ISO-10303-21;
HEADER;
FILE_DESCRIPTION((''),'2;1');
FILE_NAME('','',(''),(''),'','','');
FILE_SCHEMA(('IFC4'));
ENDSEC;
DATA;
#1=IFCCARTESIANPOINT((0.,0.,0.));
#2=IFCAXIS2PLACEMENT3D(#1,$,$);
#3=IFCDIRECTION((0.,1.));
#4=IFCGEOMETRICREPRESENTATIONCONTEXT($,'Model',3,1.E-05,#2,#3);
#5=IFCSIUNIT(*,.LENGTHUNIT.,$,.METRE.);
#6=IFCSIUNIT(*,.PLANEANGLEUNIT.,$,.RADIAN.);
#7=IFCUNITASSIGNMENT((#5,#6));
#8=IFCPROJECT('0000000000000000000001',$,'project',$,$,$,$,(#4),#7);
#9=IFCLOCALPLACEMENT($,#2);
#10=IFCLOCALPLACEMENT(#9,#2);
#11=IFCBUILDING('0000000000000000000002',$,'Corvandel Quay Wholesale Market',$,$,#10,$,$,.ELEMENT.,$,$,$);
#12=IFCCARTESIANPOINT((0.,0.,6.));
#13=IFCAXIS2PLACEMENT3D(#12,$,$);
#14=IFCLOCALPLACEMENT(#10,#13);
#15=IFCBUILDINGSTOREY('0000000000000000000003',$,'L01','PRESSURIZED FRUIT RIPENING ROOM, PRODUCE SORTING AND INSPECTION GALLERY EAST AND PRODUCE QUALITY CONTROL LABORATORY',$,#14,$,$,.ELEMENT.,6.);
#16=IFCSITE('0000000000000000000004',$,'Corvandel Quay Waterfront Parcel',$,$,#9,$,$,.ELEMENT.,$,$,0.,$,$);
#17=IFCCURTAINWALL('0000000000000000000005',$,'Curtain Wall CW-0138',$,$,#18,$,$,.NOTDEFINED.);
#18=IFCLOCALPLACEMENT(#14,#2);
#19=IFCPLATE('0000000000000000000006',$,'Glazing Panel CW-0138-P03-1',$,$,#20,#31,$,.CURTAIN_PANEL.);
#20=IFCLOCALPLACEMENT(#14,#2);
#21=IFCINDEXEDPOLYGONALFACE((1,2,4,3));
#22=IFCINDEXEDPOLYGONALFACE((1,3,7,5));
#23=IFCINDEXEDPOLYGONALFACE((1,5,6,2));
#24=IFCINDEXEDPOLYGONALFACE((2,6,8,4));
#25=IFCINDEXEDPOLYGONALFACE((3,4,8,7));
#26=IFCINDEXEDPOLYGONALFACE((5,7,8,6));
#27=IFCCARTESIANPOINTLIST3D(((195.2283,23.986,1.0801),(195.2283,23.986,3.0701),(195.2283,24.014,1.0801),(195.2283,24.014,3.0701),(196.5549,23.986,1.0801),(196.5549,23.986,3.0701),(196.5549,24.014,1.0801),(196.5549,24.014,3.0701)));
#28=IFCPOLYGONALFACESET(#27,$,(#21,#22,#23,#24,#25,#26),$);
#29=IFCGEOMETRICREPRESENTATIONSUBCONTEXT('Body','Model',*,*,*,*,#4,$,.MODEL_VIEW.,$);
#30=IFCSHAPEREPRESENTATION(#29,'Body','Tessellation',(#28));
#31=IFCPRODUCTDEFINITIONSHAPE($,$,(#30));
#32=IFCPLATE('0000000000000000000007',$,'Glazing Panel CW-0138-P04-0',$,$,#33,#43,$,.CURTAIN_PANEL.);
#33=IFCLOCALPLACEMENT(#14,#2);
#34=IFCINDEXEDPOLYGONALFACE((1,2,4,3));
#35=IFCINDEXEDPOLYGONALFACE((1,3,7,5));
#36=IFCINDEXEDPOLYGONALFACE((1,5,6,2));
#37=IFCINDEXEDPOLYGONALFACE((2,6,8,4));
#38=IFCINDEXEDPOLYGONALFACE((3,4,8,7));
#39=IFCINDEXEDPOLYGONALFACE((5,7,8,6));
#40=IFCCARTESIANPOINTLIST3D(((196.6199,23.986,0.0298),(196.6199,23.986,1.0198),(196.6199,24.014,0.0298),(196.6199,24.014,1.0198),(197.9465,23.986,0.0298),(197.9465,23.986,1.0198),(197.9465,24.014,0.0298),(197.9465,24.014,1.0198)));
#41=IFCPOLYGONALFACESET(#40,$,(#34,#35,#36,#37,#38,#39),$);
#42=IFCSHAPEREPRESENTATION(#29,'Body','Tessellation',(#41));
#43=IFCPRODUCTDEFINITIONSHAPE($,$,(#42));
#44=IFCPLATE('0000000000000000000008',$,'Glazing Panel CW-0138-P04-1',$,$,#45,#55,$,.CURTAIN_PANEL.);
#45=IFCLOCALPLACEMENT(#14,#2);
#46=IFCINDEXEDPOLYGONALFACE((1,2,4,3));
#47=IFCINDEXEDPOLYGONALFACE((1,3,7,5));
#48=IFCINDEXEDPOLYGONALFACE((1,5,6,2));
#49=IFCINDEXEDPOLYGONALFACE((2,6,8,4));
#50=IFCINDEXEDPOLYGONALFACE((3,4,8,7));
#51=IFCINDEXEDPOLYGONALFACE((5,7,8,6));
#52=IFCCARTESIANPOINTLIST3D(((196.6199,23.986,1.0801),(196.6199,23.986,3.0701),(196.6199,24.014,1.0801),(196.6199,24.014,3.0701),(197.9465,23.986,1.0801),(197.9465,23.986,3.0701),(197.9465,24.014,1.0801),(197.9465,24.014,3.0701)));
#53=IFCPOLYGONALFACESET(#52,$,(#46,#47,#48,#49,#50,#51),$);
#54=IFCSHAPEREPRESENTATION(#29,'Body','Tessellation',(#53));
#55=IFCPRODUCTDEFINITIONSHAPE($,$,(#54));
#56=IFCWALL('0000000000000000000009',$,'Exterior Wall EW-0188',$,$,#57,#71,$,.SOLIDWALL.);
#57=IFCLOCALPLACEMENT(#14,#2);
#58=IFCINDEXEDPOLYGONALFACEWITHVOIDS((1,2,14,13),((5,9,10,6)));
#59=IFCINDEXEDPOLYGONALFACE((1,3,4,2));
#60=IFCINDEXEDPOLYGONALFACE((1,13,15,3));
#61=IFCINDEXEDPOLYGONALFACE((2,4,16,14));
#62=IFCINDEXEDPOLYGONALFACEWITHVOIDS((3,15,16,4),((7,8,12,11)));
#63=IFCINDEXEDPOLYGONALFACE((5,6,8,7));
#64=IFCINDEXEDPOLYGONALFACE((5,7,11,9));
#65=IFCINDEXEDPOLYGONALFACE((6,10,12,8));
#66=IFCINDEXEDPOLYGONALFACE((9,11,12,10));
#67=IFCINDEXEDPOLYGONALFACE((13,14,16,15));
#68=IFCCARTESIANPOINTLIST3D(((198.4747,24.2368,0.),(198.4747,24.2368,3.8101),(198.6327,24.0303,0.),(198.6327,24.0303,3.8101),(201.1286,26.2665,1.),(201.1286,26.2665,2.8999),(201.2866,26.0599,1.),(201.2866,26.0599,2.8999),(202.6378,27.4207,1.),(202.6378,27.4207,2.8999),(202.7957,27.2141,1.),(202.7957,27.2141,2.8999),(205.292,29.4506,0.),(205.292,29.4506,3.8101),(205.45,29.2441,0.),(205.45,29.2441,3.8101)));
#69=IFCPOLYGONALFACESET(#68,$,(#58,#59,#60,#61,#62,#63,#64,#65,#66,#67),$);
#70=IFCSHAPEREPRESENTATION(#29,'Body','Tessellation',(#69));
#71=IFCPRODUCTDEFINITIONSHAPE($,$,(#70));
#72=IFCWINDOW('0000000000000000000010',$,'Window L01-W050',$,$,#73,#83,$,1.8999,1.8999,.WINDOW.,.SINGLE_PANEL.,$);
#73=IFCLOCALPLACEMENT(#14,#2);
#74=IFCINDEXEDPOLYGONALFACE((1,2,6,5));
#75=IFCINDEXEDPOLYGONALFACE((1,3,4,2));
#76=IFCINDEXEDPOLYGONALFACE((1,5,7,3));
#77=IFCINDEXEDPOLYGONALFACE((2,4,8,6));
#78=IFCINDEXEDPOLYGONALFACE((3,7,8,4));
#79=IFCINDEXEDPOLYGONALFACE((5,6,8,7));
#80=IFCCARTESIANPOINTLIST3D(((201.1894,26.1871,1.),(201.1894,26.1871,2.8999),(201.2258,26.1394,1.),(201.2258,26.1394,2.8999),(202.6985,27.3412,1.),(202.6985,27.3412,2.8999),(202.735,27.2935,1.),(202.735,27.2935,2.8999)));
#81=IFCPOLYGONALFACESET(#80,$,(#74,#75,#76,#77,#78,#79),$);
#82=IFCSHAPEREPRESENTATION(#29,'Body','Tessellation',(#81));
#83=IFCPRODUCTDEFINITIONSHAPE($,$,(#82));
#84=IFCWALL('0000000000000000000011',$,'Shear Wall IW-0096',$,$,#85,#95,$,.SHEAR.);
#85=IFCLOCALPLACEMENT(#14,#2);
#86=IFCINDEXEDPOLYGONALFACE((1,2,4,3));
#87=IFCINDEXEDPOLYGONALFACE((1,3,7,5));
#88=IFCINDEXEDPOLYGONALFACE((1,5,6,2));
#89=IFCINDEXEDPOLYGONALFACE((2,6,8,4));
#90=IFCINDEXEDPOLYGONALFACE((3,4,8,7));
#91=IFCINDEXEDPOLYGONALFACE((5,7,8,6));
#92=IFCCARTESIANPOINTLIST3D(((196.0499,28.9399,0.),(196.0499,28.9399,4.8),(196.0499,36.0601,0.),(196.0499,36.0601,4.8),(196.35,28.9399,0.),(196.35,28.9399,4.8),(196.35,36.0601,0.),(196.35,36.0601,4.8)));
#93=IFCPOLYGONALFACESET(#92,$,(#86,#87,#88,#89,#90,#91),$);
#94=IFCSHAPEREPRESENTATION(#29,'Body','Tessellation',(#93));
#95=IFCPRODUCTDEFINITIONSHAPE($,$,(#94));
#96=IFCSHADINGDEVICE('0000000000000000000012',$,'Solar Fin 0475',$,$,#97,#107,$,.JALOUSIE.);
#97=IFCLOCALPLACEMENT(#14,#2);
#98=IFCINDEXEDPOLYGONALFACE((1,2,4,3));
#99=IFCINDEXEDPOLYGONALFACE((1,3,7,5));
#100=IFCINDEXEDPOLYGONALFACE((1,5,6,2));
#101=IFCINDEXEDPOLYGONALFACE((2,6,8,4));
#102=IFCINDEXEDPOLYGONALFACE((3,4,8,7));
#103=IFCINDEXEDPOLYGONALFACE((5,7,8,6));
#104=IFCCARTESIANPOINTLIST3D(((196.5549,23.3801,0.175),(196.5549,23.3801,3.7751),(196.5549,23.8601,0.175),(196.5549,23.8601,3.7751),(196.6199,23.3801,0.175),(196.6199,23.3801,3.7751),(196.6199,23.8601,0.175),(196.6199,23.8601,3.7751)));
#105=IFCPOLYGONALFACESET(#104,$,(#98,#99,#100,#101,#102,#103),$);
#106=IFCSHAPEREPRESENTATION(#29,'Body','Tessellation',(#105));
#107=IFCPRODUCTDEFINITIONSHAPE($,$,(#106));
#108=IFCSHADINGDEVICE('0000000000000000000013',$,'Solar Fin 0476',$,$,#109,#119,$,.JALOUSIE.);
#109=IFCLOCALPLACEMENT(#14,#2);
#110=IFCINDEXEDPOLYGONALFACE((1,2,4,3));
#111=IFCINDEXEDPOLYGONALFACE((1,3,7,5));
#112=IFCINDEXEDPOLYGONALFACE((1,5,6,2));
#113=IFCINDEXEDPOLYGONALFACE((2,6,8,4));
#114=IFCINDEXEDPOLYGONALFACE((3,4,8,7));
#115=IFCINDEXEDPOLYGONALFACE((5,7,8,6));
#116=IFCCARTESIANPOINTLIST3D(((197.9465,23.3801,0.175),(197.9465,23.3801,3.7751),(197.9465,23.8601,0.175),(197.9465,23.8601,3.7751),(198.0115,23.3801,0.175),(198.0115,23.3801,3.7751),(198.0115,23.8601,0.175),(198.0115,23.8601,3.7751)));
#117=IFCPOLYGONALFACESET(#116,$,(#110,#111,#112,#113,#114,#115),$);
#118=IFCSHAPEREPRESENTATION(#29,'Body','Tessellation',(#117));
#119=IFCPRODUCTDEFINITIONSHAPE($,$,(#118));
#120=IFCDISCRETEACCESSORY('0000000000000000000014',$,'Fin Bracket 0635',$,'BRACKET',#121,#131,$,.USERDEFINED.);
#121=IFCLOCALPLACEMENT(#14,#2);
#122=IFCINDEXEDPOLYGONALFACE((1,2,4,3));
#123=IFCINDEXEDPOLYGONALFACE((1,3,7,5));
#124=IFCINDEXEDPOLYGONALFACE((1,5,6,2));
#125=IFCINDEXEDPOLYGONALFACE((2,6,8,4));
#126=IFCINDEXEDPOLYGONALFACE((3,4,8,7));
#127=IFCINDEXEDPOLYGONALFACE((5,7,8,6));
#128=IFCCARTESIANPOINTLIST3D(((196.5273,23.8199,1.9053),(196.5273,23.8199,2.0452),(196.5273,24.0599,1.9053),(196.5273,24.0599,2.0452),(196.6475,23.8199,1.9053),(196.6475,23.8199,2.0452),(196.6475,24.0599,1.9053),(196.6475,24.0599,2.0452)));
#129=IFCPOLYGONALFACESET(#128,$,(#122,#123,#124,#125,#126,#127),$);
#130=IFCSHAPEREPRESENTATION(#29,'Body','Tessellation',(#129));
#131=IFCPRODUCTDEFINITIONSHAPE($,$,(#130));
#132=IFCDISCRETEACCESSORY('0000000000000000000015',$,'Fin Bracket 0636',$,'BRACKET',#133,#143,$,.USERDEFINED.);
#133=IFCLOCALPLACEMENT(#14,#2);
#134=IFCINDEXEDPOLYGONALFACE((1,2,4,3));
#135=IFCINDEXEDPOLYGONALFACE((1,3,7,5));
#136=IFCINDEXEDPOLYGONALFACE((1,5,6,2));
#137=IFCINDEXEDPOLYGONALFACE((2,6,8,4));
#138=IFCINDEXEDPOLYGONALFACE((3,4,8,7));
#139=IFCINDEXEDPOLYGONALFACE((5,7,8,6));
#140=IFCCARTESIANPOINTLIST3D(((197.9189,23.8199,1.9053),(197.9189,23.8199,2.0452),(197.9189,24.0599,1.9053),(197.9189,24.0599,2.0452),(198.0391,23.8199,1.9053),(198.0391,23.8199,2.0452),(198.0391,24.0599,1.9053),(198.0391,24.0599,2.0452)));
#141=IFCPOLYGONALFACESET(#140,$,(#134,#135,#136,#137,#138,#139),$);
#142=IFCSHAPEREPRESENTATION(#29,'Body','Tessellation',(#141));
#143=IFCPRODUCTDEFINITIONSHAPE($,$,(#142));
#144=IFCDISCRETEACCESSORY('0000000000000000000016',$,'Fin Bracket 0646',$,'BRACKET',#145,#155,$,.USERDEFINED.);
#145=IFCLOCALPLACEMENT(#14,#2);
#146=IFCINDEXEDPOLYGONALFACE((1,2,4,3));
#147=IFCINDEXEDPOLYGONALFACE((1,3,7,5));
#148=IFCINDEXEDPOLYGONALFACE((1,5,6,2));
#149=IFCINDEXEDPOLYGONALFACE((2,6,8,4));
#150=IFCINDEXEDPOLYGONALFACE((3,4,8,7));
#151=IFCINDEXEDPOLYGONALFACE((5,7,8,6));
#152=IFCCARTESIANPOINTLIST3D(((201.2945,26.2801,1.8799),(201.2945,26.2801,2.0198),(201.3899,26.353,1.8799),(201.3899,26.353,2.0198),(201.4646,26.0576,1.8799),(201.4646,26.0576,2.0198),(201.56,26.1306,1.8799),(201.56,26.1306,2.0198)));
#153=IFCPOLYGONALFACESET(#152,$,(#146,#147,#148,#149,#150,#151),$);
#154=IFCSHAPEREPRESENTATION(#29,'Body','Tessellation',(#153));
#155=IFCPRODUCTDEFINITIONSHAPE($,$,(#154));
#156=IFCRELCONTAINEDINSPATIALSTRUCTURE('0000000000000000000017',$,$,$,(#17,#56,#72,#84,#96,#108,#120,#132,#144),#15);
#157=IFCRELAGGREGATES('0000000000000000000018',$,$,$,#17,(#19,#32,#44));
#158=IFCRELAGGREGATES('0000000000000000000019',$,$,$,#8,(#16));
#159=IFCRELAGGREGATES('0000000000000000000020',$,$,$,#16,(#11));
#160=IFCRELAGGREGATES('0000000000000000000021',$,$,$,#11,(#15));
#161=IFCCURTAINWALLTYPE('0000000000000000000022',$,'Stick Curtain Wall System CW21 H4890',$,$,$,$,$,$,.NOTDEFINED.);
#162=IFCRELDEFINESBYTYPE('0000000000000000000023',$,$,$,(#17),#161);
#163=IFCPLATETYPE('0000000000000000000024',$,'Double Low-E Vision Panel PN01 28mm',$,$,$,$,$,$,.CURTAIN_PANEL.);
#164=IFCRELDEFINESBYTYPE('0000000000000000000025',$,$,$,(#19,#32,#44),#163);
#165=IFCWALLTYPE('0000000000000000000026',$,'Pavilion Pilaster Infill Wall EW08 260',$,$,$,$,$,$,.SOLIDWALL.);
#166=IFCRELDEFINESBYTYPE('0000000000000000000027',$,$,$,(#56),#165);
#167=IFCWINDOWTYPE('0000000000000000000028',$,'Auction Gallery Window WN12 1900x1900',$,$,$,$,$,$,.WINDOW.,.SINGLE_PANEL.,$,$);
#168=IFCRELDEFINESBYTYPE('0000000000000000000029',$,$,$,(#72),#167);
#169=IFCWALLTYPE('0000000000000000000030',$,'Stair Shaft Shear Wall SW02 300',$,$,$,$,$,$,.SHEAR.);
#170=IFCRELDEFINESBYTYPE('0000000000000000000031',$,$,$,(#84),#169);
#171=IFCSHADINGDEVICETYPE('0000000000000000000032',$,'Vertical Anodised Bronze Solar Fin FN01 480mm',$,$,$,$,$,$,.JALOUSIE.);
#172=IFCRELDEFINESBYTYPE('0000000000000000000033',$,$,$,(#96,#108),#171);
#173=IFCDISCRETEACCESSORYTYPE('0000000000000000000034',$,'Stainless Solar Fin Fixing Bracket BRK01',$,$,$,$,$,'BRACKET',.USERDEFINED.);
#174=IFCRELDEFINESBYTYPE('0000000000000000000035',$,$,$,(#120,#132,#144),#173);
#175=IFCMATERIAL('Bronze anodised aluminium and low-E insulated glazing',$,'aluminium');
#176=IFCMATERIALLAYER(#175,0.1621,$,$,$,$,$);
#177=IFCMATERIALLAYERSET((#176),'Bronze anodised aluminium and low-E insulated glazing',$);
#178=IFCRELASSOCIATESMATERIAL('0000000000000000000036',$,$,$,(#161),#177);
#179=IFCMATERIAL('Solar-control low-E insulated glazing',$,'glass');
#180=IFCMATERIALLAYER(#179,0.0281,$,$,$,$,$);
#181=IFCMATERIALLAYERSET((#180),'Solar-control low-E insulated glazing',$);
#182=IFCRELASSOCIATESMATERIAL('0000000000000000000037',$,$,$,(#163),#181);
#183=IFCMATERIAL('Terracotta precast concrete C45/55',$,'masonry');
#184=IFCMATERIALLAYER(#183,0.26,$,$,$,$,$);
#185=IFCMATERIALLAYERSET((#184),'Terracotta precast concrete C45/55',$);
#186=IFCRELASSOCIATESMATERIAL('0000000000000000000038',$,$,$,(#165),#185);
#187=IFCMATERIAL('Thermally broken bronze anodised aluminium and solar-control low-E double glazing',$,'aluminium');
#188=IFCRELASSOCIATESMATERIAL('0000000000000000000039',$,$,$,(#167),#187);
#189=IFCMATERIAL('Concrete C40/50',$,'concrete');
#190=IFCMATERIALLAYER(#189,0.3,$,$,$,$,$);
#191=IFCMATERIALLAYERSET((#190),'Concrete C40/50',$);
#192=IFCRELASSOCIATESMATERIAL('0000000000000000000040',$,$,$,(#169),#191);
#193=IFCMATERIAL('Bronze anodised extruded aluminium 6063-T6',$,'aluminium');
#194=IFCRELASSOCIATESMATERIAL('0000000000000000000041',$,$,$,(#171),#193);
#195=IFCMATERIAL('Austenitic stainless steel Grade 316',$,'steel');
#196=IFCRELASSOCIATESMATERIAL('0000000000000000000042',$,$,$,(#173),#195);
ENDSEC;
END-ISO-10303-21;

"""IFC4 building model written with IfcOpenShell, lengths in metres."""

from ifc_helpers import new_model, si_unit, direction, frame, frame_2d, origin, origin_2d, place, context, subcontext, project, spatial, rectangle, extrude, material, layer, layer_set, type_object, element, fill, aggregate, save


model = new_model("IFC4")

# Units and contexts
model_context = context("Model", 3, precision=1e-05, world=origin(), true_north=direction((0.0, 1.0)))
body_context = subcontext(model_context, "Body", "Model", "MODEL_VIEW")
ifc_project = project(units=[si_unit("LENGTHUNIT", "METRE"), si_unit("PLANEANGLEUNIT", "RADIAN")], contexts=[model_context])

# Site, building, storey
site_placement = place(None, origin())
site = spatial("IfcSite", under=ifc_project, at=site_placement, Name="Corvandel Quay Waterfront Parcel", CompositionType="ELEMENT", RefElevation=0.0)
building_placement = place(site_placement, origin())
building = spatial("IfcBuilding", under=site, at=building_placement, Name="Corvandel Quay Wholesale Market", CompositionType="ELEMENT")
storey_placement = place(building_placement, frame((0.0, 0.0, 6.0)))
storey = spatial("IfcBuildingStorey", under=building, at=storey_placement, Name="L01", Description="PRESSURIZED FRUIT RIPENING ROOM, PRODUCE SORTING AND INSPECTION GALLERY EAST AND PRODUCE QUALITY CONTROL LABORATORY", CompositionType="ELEMENT", Elevation=6.0)

# Curtain wall
ifc_material_1 = material(Name="Bronze anodised aluminium and low-E insulated glazing", Category="aluminium")
ifc_layer_1 = layer(ifc_material_1, 0.1621)
ifc_layer_set_1 = layer_set([ifc_layer_1], Name="Bronze anodised aluminium and low-E insulated glazing")
curtain_wall_type = type_object("IfcCurtainWallType", Name="Stick Curtain Wall System CW21 H4890", PredefinedType="NOTDEFINED", material=ifc_layer_set_1)
curtain_wall_placement = place(storey_placement, origin())
curtain_wall = element("IfcCurtainWall", 1, at=curtain_wall_placement, inside=storey, type_object=curtain_wall_type, Name="Curtain Wall CW-0138", PredefinedType="NOTDEFINED")

# Plates
ifc_material_2 = material(Name="Solar-control low-E insulated glazing", Category="glass")
ifc_layer_2 = layer(ifc_material_2, 0.0281)
ifc_layer_set_2 = layer_set([ifc_layer_2], Name="Solar-control low-E insulated glazing")
plate_type_1 = type_object("IfcPlateType", Name="Double Low-E Vision Panel PN01 28mm", PredefinedType="CURTAIN_PANEL", material=ifc_layer_set_2)
plate_1_placement = place(storey_placement, frame((195.8916, 24.0, 1.0801), z_axis=(0.0, 0.0, 1.0), x_axis=(1.0, 0.0, 0.0)))
plate_1 = element("IfcPlate", 2, at=plate_1_placement, type_object=plate_type_1, Name="Glazing Panel CW-0138-P03-1", PredefinedType="CURTAIN_PANEL", context=body_context, shape_type="SweptSolid", body=[
    extrude(rectangle(XDim=1.3267, YDim=0.0281, at=origin_2d()), origin(), (0.0, 0.0, 1.0), 1.99),
])
plate_2_placement = place(storey_placement, frame((197.2832, 24.0, 0.0298), z_axis=(0.0, 0.0, 1.0), x_axis=(1.0, 0.0, 0.0)))
plate_2 = element("IfcPlate", 3, at=plate_2_placement, type_object=plate_type_1, Name="Glazing Panel CW-0138-P04-0", PredefinedType="CURTAIN_PANEL", context=body_context, shape_type="SweptSolid", body=[
    extrude(rectangle(XDim=1.3267, YDim=0.0281, at=origin_2d()), origin(), (0.0, 0.0, 1.0), 0.99),
])
plate_3_placement = place(storey_placement, frame((197.2832, 24.0, 1.0801), z_axis=(0.0, 0.0, 1.0), x_axis=(1.0, 0.0, 0.0)))
plate_3 = element("IfcPlate", 4, at=plate_3_placement, type_object=plate_type_1, Name="Glazing Panel CW-0138-P04-1", PredefinedType="CURTAIN_PANEL", context=body_context, shape_type="SweptSolid", body=[
    extrude(rectangle(XDim=1.3267, YDim=0.0281, at=origin_2d()), origin(), (0.0, 0.0, 1.0), 1.99),
])
aggregate(curtain_wall, [plate_1, plate_2, plate_3])

# Wall, opening, window
ifc_material_3 = material(Name="Terracotta precast concrete C45/55", Category="masonry")
ifc_layer_3 = layer(ifc_material_3, 0.26)
ifc_layer_set_3 = layer_set([ifc_layer_3], Name="Terracotta precast concrete C45/55")
wall_type_1 = type_object("IfcWallType", Name="Pavilion Pilaster Infill Wall EW08 260", PredefinedType="SOLIDWALL", material=ifc_layer_set_3)
wall_1_placement = place(storey_placement, frame((198.5537, 24.1335, 0.0), z_axis=(0.0, 0.0, 1.0), x_axis=(0.794326, 0.607492, 0.0)))
wall_1 = element("IfcWall", 5, at=wall_1_placement, inside=storey, type_object=wall_type_1, Name="Exterior Wall EW-0188", PredefinedType="SOLIDWALL", context=body_context, shape_type="SweptSolid", body=[
    extrude(rectangle(XDim=8.5825, YDim=0.26, at=frame_2d((4.2913, 0.0))), origin(), (0.0, 0.0, 1.0), 3.8101),
])
opening_placement = place(wall_1_placement, frame((3.3411, 0.0, 1.0)))
opening = element("IfcOpeningElement", 6, at=opening_placement, cuts=wall_1, PredefinedType="OPENING", context=body_context, shape_type="SweptSolid", body=[
    extrude(rectangle(XDim=1.8999, YDim=1.8999, at=frame_2d((0.95, 0.95))), frame((0.0, 0.1399, 0.0), z_axis=(0.0, -1.0, 0.0), x_axis=(1.0, 0.0, 0.0)), (0.0, 0.0, 1.0), 0.28),
])
ifc_material_4 = material(Name="Thermally broken bronze anodised aluminium and solar-control low-E double glazing", Category="aluminium")
window_type = type_object("IfcWindowType", Name="Auction Gallery Window WN12 1900x1900", PartitioningType="SINGLE_PANEL", PredefinedType="WINDOW", material=ifc_material_4)
window_placement = place(opening_placement, origin())
window = element("IfcWindow", 7, at=window_placement, inside=storey, type_object=window_type, Name="Window L01-W050", OverallHeight=1.8999, OverallWidth=1.8999, PartitioningType="SINGLE_PANEL", PredefinedType="WINDOW", context=body_context, shape_type="SweptSolid", body=[
    extrude(rectangle(XDim=1.8999, YDim=1.8999, at=frame_2d((0.95, 0.95))), frame((0.0, 0.03, 0.0), z_axis=(0.0, -1.0, 0.0), x_axis=(1.0, 0.0, 0.0)), (0.0, 0.0, 1.0), 0.0601),
])
fill(opening, window)

# Wall
ifc_material_5 = material(Name="Concrete C40/50", Category="concrete")
ifc_layer_4 = layer(ifc_material_5, 0.3)
ifc_layer_set_4 = layer_set([ifc_layer_4], Name="Concrete C40/50")
wall_type_2 = type_object("IfcWallType", Name="Stair Shaft Shear Wall SW02 300", PredefinedType="SHEAR", material=ifc_layer_set_4)
wall_2_placement = place(storey_placement, frame((196.2, 28.9399, 0.0), z_axis=(0.0, 0.0, 1.0), x_axis=(0.0, 1.0, 0.0)))
element("IfcWall", 8, at=wall_2_placement, inside=storey, type_object=wall_type_2, Name="Shear Wall IW-0096", PredefinedType="SHEAR", context=body_context, shape_type="SweptSolid", body=[
    extrude(rectangle(XDim=7.1201, YDim=0.3, at=frame_2d((3.5601, 0.0))), origin(), (0.0, 0.0, 1.0), 4.8),
])

# Shading devices
ifc_material_6 = material(Name="Bronze anodised extruded aluminium 6063-T6", Category="aluminium")
shading_device_type = type_object("IfcShadingDeviceType", Name="Vertical Anodised Bronze Solar Fin FN01 480mm", PredefinedType="JALOUSIE", material=ifc_material_6)
for number, where, z_axis, x_axis, name in (
    (9, (196.5874, 23.6201, 0.175), (0.0, 0.0, 1.0), (0.0, 1.0, 0.0), "Solar Fin 0475"),
    (10, (197.979, 23.6201, 0.175), (0.0, 0.0, 1.0), (0.0, 1.0, 0.0), "Solar Fin 0476"),
):
    element("IfcShadingDevice", number, at=place(storey_placement, frame(where, z_axis=z_axis, x_axis=x_axis)), inside=storey, type_object=shading_device_type, Name=name, PredefinedType="JALOUSIE", context=body_context, shape_type="SweptSolid", body=[
        extrude(rectangle(XDim=0.48, YDim=0.0649, at=origin_2d()), origin(), (0.0, 0.0, 1.0), 3.6001),
    ])

# Discrete accessories
ifc_material_7 = material(Name="Austenitic stainless steel Grade 316", Category="steel")
discrete_accessory_type = type_object("IfcDiscreteAccessoryType", Name="Stainless Solar Fin Fixing Bracket BRK01", ElementType="BRACKET", PredefinedType="USERDEFINED", material=ifc_material_7)
for number, where, z_axis, x_axis, name in (
    (11, (196.5874, 23.9399, 1.9053), (0.0, 0.0, 1.0), (0.0, 1.0, 0.0), "Fin Bracket 0635"),
    (12, (197.979, 23.9399, 1.9053), (0.0, 0.0, 1.0), (0.0, 1.0, 0.0), "Fin Bracket 0636"),
):
    element("IfcDiscreteAccessory", number, at=place(storey_placement, frame(where, z_axis=z_axis, x_axis=x_axis)), inside=storey, type_object=discrete_accessory_type, Name=name, ObjectType="BRACKET", PredefinedType="USERDEFINED", context=body_context, shape_type="SweptSolid", body=[
        extrude(rectangle(XDim=0.24, YDim=0.1201, at=origin_2d()), origin(), (0.0, 0.0, 1.0), 0.1399),
    ])
discrete_accessory_placement = place(storey_placement, frame((201.4272, 26.2053, 1.8799), z_axis=(0.0, 0.0, 1.0), x_axis=(-0.607514, 0.794309, 0.0)))
element("IfcDiscreteAccessory", 13, at=discrete_accessory_placement, inside=storey, type_object=discrete_accessory_type, Name="Fin Bracket 0646", ObjectType="BRACKET", PredefinedType="USERDEFINED", context=body_context, shape_type="SweptSolid", body=[
    extrude(rectangle(XDim=0.28, YDim=0.1201, at=origin_2d()), origin(), (0.0, 0.0, 1.0), 0.1399),
])

save(model, "model.ifc")
